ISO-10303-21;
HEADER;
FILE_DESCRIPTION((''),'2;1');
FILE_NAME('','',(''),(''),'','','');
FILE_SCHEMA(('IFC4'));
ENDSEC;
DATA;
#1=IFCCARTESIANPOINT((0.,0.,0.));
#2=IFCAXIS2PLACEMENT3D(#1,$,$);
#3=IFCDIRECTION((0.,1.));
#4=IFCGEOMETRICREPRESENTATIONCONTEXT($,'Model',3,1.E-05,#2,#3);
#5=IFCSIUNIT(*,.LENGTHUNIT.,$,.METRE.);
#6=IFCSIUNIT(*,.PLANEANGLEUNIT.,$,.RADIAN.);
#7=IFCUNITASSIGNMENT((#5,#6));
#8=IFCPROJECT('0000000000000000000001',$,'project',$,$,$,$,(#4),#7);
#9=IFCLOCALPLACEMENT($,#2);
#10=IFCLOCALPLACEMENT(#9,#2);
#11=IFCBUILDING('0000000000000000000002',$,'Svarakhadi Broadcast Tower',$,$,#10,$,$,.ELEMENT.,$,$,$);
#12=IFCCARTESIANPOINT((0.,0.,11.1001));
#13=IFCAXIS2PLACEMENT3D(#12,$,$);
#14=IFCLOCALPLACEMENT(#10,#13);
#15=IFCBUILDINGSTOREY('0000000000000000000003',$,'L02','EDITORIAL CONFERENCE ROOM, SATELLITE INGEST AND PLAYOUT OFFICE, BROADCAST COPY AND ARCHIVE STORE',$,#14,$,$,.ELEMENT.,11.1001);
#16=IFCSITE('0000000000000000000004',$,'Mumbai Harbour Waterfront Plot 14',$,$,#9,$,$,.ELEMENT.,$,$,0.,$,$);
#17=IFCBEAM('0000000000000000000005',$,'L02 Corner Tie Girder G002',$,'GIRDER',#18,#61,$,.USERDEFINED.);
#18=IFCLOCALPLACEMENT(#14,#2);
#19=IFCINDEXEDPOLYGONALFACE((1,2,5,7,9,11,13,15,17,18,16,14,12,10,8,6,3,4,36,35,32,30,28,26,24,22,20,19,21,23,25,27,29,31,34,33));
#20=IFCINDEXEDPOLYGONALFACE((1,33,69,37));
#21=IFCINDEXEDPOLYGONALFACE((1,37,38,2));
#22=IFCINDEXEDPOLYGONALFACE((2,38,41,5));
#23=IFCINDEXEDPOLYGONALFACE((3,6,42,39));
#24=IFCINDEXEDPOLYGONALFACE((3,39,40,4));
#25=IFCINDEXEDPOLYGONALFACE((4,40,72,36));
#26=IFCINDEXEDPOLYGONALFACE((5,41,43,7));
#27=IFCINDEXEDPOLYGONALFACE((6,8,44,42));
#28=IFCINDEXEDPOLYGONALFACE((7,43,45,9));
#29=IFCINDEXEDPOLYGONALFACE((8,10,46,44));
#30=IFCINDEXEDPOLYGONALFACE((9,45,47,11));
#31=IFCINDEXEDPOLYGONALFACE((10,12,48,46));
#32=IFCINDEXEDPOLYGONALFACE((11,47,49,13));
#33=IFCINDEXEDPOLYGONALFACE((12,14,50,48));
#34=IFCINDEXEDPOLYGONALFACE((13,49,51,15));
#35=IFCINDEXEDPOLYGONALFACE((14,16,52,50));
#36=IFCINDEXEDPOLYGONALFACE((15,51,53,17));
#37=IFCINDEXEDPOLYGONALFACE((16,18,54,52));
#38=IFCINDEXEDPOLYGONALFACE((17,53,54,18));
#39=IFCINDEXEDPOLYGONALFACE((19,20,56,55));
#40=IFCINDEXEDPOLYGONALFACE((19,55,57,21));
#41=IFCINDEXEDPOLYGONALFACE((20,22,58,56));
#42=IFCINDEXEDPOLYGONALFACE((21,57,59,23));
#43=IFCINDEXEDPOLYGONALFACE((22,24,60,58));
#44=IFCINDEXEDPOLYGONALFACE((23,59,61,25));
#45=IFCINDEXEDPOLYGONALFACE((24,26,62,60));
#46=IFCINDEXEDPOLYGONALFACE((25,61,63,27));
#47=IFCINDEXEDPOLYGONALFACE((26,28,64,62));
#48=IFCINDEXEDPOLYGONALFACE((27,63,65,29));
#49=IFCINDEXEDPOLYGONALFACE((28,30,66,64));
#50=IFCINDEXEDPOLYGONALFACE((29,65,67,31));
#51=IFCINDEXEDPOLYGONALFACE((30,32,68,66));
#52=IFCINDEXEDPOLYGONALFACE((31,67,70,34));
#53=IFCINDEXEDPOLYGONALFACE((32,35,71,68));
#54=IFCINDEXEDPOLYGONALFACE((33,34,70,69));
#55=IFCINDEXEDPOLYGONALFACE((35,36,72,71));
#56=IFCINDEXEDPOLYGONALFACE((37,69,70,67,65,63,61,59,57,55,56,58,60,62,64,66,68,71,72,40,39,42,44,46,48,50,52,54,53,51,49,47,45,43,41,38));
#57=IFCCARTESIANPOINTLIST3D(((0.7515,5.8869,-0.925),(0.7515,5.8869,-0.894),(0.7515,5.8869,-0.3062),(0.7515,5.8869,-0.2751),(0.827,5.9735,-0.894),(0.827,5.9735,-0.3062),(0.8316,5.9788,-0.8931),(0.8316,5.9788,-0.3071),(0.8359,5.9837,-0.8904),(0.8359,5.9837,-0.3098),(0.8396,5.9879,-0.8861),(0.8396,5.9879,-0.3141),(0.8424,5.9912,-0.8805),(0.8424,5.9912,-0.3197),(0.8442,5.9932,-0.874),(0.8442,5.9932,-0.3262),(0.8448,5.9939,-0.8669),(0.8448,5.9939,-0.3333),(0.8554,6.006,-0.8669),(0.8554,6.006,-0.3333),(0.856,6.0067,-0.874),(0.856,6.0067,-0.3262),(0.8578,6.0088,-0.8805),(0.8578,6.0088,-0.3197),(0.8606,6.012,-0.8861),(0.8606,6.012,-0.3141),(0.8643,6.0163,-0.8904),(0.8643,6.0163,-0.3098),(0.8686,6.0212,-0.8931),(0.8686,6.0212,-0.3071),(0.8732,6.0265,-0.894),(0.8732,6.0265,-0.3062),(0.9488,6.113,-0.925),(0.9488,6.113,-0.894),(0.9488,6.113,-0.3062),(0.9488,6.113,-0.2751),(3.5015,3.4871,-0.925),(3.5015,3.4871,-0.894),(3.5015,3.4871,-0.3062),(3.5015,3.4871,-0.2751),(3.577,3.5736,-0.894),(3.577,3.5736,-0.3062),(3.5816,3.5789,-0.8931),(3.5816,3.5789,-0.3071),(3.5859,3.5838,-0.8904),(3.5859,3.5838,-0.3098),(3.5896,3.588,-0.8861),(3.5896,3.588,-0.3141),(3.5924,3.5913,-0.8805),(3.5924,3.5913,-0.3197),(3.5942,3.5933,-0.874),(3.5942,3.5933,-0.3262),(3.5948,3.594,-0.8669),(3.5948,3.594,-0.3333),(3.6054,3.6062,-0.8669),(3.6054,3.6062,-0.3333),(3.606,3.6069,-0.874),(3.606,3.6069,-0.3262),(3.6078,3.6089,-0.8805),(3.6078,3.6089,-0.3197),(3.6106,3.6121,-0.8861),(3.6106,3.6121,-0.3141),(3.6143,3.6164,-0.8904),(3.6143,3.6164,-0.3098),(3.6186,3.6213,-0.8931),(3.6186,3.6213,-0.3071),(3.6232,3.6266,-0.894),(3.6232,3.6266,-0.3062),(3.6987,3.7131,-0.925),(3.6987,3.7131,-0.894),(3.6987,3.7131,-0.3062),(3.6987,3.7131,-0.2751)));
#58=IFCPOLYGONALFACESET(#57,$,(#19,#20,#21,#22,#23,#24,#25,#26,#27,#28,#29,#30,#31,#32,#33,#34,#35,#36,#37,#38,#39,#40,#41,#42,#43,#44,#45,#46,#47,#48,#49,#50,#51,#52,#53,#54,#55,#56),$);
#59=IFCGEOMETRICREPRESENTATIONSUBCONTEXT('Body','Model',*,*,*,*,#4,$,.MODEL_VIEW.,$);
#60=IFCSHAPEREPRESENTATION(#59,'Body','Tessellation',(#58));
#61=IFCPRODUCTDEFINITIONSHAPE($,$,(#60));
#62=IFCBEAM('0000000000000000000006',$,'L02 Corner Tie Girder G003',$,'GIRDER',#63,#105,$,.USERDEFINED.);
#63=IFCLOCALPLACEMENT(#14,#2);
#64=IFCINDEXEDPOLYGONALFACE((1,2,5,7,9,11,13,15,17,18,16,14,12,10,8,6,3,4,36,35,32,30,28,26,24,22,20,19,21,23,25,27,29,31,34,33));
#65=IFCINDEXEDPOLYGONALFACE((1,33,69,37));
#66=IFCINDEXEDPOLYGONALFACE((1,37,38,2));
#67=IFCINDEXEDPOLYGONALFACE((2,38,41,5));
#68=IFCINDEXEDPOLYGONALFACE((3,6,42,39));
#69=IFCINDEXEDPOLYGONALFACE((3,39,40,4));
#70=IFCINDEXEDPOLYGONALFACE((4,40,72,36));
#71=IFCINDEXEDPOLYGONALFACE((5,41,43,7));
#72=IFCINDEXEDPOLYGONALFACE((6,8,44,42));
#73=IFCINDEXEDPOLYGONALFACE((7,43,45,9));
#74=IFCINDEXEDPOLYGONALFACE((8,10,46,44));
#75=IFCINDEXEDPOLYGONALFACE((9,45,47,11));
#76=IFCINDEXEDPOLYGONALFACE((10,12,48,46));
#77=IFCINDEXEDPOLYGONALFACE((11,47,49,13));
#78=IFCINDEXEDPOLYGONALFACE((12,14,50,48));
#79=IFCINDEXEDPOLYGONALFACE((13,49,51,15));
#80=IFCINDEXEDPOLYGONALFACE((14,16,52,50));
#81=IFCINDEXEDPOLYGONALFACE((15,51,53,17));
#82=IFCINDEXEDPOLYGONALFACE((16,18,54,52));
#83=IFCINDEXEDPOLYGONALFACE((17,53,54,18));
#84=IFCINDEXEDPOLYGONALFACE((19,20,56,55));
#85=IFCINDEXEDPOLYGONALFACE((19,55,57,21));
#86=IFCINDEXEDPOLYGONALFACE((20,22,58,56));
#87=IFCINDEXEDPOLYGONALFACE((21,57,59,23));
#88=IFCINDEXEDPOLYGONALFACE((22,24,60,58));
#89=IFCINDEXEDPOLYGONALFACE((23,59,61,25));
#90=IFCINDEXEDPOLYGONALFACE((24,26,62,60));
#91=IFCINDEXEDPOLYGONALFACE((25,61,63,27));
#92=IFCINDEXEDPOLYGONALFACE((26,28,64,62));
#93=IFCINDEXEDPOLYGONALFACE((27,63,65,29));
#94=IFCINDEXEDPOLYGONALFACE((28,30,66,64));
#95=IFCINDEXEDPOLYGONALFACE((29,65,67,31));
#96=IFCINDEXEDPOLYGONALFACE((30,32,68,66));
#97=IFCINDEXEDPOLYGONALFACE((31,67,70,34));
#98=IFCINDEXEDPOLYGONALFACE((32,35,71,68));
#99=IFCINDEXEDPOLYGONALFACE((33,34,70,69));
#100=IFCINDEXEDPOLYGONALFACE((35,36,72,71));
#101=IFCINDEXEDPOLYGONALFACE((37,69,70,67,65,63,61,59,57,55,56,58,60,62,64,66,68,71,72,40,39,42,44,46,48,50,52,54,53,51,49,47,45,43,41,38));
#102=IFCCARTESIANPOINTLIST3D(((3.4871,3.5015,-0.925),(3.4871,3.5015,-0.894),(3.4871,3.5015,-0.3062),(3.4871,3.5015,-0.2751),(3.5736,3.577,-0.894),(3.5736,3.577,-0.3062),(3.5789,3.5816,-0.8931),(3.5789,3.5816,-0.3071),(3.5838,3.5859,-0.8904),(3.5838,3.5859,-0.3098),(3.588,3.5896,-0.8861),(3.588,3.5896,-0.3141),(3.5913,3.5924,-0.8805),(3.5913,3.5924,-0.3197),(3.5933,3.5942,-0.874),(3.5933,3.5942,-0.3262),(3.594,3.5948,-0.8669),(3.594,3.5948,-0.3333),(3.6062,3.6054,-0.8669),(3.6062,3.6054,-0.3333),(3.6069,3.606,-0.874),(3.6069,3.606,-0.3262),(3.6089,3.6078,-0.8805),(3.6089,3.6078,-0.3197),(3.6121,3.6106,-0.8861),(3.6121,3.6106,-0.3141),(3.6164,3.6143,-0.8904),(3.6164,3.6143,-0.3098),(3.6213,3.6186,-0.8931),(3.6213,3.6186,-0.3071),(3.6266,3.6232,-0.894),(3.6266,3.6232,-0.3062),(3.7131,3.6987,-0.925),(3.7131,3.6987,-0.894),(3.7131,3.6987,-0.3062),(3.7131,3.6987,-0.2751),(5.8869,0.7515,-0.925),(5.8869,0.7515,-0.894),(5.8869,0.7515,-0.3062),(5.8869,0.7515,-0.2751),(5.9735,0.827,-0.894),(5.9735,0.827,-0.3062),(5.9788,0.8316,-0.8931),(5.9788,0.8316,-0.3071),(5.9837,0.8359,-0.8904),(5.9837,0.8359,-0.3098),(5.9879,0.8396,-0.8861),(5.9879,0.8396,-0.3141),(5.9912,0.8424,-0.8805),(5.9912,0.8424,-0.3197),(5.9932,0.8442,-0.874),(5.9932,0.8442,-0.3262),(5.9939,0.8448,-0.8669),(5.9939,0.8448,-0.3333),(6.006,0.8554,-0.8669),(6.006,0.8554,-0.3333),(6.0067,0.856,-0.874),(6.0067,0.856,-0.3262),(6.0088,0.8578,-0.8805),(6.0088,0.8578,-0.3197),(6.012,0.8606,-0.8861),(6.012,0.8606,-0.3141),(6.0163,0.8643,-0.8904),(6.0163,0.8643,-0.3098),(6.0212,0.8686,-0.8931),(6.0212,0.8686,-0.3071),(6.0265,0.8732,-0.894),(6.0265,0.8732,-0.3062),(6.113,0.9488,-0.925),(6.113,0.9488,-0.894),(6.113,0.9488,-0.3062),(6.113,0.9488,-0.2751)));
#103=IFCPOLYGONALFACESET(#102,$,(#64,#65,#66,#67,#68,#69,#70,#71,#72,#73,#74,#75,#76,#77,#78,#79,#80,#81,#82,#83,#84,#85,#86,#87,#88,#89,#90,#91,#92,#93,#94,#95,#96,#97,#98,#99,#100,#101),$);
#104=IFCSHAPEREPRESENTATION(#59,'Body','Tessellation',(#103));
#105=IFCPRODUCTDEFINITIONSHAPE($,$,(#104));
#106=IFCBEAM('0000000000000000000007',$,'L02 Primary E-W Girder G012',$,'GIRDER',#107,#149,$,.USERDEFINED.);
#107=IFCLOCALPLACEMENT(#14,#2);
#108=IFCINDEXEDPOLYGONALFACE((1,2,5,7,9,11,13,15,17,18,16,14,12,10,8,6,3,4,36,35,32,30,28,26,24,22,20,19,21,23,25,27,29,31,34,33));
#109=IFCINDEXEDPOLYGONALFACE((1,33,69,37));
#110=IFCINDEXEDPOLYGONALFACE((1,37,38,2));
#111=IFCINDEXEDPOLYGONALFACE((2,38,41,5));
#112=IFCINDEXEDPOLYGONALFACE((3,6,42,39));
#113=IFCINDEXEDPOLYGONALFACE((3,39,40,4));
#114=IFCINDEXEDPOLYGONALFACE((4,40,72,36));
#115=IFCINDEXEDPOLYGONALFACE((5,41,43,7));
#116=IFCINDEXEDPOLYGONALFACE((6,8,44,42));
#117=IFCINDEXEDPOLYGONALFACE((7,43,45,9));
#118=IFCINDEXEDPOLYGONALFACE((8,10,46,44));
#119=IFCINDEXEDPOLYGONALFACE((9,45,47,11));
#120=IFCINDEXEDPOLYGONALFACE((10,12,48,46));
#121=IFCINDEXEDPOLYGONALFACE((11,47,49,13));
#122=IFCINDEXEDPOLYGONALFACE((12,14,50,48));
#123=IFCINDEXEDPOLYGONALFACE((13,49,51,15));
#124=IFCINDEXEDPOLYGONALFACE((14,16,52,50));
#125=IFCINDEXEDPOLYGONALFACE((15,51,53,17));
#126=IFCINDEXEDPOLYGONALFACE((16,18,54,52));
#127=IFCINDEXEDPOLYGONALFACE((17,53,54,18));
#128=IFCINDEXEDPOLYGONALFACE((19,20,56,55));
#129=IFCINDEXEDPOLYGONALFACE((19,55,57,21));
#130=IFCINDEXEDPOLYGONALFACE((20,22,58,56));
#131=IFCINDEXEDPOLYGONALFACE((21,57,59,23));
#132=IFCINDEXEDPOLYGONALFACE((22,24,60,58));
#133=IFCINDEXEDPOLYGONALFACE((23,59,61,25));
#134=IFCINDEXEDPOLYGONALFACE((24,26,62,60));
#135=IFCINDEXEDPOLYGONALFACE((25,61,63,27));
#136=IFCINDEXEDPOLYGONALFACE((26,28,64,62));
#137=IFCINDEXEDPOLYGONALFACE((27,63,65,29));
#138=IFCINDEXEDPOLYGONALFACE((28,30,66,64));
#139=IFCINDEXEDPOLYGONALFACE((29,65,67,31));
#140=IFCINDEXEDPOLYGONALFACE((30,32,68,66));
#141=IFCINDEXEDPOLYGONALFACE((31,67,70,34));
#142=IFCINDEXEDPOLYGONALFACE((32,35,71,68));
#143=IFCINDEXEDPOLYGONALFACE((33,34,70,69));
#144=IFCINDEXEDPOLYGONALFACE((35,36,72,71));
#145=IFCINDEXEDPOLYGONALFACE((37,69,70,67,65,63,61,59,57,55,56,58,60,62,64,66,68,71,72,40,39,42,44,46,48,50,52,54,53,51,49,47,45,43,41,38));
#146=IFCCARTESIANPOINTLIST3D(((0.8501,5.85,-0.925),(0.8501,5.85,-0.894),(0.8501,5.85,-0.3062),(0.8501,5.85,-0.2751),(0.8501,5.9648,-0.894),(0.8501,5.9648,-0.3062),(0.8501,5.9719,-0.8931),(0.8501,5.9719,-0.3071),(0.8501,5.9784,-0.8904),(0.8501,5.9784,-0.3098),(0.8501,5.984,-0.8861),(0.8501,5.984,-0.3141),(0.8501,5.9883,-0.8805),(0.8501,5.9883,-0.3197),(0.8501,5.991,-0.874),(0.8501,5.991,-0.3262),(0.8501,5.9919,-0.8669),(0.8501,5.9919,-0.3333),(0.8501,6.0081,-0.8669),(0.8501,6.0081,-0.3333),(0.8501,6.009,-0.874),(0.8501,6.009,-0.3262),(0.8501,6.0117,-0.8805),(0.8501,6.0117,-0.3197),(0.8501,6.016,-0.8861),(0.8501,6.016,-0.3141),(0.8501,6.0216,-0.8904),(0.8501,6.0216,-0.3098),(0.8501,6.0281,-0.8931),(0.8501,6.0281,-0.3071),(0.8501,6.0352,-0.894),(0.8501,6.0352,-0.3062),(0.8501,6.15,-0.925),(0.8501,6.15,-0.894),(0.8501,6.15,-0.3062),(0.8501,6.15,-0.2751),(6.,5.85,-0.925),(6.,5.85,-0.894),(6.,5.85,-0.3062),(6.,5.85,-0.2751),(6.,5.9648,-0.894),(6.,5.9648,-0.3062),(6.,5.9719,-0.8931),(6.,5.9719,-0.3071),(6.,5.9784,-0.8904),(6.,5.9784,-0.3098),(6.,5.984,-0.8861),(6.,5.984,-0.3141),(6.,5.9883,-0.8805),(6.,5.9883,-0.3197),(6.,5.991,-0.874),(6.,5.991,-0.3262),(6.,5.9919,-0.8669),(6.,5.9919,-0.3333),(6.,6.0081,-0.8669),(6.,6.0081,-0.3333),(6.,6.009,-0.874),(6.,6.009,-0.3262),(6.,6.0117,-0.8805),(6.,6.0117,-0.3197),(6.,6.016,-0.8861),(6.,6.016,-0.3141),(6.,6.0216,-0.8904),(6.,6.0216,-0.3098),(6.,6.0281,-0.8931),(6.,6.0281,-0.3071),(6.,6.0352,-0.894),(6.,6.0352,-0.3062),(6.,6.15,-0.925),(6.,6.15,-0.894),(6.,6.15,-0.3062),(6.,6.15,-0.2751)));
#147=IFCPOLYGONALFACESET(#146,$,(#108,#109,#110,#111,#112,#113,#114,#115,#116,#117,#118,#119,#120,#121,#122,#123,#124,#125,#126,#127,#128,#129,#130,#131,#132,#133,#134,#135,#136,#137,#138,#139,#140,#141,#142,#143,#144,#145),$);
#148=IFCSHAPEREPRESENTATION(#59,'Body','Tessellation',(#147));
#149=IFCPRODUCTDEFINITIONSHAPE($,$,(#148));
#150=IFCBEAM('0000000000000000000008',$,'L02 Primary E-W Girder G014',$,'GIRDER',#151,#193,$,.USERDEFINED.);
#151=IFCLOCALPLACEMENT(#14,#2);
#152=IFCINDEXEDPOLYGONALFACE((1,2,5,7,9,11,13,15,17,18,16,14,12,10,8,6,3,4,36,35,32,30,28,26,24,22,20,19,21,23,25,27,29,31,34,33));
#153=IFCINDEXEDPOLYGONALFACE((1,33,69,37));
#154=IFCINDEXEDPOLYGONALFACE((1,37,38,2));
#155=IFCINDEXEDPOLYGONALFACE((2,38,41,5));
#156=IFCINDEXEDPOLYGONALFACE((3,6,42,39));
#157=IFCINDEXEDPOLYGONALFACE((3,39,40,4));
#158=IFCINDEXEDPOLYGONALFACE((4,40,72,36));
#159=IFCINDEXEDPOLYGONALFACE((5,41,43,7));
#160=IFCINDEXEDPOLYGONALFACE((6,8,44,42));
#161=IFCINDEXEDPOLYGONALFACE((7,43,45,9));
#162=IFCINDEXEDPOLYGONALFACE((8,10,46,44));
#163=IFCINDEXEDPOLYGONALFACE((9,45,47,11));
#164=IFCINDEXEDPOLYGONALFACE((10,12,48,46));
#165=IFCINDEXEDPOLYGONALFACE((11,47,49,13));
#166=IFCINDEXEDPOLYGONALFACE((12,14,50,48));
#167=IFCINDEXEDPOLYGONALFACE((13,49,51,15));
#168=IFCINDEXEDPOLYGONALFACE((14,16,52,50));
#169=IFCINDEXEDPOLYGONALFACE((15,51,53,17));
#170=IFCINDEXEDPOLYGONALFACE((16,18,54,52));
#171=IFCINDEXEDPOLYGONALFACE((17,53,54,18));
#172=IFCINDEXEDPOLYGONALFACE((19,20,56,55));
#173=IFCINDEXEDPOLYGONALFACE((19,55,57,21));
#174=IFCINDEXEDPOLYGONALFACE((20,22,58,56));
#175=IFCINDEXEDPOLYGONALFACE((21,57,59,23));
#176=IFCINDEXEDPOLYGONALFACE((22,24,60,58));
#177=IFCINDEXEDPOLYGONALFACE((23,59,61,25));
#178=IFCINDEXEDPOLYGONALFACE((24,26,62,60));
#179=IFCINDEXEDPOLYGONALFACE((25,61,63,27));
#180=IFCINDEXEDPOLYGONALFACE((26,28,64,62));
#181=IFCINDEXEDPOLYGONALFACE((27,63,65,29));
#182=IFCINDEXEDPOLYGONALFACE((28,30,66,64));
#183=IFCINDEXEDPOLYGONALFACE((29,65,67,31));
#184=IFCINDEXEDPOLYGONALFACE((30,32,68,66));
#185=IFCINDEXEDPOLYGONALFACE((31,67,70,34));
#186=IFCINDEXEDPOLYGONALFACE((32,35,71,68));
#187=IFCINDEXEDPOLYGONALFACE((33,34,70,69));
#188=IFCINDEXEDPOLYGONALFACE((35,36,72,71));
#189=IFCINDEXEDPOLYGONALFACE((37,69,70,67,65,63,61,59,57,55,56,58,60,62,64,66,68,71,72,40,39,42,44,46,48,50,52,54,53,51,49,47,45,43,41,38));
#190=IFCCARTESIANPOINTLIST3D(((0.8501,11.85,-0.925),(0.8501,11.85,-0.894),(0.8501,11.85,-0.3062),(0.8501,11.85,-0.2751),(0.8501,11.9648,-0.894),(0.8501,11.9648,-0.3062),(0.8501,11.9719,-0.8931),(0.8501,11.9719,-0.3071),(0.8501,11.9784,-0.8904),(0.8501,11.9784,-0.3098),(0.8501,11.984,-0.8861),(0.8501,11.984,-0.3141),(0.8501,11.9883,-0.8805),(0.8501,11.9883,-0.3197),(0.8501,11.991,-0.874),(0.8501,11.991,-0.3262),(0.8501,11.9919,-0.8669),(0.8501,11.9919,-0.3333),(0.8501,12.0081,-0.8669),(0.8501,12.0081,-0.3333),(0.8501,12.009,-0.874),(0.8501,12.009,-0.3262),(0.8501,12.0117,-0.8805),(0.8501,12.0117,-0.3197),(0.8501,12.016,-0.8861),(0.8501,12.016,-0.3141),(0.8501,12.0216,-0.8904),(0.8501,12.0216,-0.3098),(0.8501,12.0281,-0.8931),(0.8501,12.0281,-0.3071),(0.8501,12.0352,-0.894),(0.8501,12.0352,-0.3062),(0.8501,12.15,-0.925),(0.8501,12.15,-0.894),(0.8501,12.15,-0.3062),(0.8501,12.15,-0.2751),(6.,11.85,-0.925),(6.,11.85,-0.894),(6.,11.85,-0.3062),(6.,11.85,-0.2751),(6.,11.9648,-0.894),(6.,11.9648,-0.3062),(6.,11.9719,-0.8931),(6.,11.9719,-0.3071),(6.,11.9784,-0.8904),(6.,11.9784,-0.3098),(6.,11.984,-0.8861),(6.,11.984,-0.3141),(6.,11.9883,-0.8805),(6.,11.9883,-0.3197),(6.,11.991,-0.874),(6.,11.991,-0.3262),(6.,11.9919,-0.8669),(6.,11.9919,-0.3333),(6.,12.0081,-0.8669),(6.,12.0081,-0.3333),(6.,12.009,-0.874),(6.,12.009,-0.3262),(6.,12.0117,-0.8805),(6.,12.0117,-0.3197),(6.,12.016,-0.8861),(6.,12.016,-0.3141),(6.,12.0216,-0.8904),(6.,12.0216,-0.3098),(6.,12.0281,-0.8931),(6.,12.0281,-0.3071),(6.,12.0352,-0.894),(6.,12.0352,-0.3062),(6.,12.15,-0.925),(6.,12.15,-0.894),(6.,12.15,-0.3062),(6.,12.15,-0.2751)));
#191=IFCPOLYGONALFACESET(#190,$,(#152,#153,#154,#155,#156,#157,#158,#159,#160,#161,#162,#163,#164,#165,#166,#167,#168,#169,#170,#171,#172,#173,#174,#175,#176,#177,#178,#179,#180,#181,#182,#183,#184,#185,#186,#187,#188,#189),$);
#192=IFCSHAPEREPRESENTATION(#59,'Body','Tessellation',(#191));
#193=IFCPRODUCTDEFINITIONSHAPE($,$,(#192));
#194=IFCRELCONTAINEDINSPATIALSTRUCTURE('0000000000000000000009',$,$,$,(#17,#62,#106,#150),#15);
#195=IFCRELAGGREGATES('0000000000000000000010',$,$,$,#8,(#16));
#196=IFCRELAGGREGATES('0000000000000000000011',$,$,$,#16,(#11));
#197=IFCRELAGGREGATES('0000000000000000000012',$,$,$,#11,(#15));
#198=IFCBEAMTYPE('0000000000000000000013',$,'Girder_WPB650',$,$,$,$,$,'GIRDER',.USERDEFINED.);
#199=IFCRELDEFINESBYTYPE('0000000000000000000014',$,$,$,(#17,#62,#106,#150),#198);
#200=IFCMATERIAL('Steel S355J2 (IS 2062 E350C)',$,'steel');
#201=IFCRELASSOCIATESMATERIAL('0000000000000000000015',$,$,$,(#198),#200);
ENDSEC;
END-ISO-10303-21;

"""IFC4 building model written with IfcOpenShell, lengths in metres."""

from ifc_helpers import new_model, si_unit, direction, frame, origin, origin_2d, place, context, subcontext, project, spatial, i_section, extrude, material, material_profile, profile_set, type_object, element, save


model = new_model("IFC4")

# Units and contexts
model_context = context("Model", 3, precision=1e-05, world=origin(), true_north=direction((0.0, 1.0)))
body_context = subcontext(model_context, "Body", "Model", "MODEL_VIEW")
ifc_project = project(units=[si_unit("LENGTHUNIT", "METRE"), si_unit("PLANEANGLEUNIT", "RADIAN")], contexts=[model_context])

# Site, building, storey
site_placement = place(None, origin())
site = spatial("IfcSite", under=ifc_project, at=site_placement, Name="Mumbai Harbour Waterfront Plot 14", CompositionType="ELEMENT", RefElevation=0.0)
building_placement = place(site_placement, origin())
building = spatial("IfcBuilding", under=site, at=building_placement, Name="Svarakhadi Broadcast Tower", CompositionType="ELEMENT")
storey_placement = place(building_placement, frame((0.0, 0.0, 11.1001)))
storey = spatial("IfcBuildingStorey", under=building, at=storey_placement, Name="L02", Description="EDITORIAL CONFERENCE ROOM, SATELLITE INGEST AND PLAYOUT OFFICE, BROADCAST COPY AND ARCHIVE STORE", CompositionType="ELEMENT", Elevation=11.1001)

# Shared definitions
ifc_material_1 = material(Name="Steel S355J2 (IS 2062 E350C)", Category="steel")

# Beams
ifc_material_profile_1 = material_profile(ifc_material_1, i_section(OverallWidth=0.3, OverallDepth=0.6499, WebThickness=0.0161, FlangeThickness=0.031, FilletRadius=0.0271, at=origin_2d()), Name="WPB 650x300x225")
ifc_profile_set_1 = profile_set([ifc_material_profile_1], Name="Steel S355J2 (IS 2062 E350C)")
beam_type_1 = type_object("IfcBeamType", Name="Girder_WPB650", ElementType="GIRDER", PredefinedType="USERDEFINED", material=ifc_profile_set_1)
for number, where, z_axis, x_axis, name in (
    (1, (3.6001, 3.6001, -0.6001), (-0.753438, 0.657519, 0.0), (-0.657519, -0.753438, 0.0), "L02 Corner Tie Girder G002"),
    (2, (3.6001, 3.6001, -0.6001), (0.657519, -0.753438, 0.0), (0.753438, 0.657519, 0.0), "L02 Corner Tie Girder G003"),
):
    element("IfcBeam", number, at=place(storey_placement, frame(where, z_axis=z_axis, x_axis=x_axis)), inside=storey, type_object=beam_type_1, Name=name, ObjectType="GIRDER", PredefinedType="USERDEFINED", context=body_context, shape_type="SweptSolid", body=[
        extrude(i_section(OverallWidth=0.3, OverallDepth=0.6499, WebThickness=0.0161, FlangeThickness=0.031, FilletRadius=0.0271, at=origin_2d()), origin(), (0.0, 0.0, 1.0), 3.6499),
    ])
for number, where, z_axis, x_axis, name in (
    (3, (0.8501, 6.0, -0.6001), (1.0, 0.0, 0.0), (0.0, 1.0, 0.0), "L02 Primary E-W Girder G012"),
    (4, (0.8501, 12.0, -0.6001), (1.0, 0.0, 0.0), (0.0, 1.0, 0.0), "L02 Primary E-W Girder G014"),
):
    element("IfcBeam", number, at=place(storey_placement, frame(where, z_axis=z_axis, x_axis=x_axis)), inside=storey, type_object=beam_type_1, Name=name, ObjectType="GIRDER", PredefinedType="USERDEFINED", context=body_context, shape_type="SweptSolid", body=[
        extrude(i_section(OverallWidth=0.3, OverallDepth=0.6499, WebThickness=0.0161, FlangeThickness=0.031, FilletRadius=0.0271, at=origin_2d()), origin(), (0.0, 0.0, 1.0), 5.1499),
    ])

save(model, "model.ifc")
